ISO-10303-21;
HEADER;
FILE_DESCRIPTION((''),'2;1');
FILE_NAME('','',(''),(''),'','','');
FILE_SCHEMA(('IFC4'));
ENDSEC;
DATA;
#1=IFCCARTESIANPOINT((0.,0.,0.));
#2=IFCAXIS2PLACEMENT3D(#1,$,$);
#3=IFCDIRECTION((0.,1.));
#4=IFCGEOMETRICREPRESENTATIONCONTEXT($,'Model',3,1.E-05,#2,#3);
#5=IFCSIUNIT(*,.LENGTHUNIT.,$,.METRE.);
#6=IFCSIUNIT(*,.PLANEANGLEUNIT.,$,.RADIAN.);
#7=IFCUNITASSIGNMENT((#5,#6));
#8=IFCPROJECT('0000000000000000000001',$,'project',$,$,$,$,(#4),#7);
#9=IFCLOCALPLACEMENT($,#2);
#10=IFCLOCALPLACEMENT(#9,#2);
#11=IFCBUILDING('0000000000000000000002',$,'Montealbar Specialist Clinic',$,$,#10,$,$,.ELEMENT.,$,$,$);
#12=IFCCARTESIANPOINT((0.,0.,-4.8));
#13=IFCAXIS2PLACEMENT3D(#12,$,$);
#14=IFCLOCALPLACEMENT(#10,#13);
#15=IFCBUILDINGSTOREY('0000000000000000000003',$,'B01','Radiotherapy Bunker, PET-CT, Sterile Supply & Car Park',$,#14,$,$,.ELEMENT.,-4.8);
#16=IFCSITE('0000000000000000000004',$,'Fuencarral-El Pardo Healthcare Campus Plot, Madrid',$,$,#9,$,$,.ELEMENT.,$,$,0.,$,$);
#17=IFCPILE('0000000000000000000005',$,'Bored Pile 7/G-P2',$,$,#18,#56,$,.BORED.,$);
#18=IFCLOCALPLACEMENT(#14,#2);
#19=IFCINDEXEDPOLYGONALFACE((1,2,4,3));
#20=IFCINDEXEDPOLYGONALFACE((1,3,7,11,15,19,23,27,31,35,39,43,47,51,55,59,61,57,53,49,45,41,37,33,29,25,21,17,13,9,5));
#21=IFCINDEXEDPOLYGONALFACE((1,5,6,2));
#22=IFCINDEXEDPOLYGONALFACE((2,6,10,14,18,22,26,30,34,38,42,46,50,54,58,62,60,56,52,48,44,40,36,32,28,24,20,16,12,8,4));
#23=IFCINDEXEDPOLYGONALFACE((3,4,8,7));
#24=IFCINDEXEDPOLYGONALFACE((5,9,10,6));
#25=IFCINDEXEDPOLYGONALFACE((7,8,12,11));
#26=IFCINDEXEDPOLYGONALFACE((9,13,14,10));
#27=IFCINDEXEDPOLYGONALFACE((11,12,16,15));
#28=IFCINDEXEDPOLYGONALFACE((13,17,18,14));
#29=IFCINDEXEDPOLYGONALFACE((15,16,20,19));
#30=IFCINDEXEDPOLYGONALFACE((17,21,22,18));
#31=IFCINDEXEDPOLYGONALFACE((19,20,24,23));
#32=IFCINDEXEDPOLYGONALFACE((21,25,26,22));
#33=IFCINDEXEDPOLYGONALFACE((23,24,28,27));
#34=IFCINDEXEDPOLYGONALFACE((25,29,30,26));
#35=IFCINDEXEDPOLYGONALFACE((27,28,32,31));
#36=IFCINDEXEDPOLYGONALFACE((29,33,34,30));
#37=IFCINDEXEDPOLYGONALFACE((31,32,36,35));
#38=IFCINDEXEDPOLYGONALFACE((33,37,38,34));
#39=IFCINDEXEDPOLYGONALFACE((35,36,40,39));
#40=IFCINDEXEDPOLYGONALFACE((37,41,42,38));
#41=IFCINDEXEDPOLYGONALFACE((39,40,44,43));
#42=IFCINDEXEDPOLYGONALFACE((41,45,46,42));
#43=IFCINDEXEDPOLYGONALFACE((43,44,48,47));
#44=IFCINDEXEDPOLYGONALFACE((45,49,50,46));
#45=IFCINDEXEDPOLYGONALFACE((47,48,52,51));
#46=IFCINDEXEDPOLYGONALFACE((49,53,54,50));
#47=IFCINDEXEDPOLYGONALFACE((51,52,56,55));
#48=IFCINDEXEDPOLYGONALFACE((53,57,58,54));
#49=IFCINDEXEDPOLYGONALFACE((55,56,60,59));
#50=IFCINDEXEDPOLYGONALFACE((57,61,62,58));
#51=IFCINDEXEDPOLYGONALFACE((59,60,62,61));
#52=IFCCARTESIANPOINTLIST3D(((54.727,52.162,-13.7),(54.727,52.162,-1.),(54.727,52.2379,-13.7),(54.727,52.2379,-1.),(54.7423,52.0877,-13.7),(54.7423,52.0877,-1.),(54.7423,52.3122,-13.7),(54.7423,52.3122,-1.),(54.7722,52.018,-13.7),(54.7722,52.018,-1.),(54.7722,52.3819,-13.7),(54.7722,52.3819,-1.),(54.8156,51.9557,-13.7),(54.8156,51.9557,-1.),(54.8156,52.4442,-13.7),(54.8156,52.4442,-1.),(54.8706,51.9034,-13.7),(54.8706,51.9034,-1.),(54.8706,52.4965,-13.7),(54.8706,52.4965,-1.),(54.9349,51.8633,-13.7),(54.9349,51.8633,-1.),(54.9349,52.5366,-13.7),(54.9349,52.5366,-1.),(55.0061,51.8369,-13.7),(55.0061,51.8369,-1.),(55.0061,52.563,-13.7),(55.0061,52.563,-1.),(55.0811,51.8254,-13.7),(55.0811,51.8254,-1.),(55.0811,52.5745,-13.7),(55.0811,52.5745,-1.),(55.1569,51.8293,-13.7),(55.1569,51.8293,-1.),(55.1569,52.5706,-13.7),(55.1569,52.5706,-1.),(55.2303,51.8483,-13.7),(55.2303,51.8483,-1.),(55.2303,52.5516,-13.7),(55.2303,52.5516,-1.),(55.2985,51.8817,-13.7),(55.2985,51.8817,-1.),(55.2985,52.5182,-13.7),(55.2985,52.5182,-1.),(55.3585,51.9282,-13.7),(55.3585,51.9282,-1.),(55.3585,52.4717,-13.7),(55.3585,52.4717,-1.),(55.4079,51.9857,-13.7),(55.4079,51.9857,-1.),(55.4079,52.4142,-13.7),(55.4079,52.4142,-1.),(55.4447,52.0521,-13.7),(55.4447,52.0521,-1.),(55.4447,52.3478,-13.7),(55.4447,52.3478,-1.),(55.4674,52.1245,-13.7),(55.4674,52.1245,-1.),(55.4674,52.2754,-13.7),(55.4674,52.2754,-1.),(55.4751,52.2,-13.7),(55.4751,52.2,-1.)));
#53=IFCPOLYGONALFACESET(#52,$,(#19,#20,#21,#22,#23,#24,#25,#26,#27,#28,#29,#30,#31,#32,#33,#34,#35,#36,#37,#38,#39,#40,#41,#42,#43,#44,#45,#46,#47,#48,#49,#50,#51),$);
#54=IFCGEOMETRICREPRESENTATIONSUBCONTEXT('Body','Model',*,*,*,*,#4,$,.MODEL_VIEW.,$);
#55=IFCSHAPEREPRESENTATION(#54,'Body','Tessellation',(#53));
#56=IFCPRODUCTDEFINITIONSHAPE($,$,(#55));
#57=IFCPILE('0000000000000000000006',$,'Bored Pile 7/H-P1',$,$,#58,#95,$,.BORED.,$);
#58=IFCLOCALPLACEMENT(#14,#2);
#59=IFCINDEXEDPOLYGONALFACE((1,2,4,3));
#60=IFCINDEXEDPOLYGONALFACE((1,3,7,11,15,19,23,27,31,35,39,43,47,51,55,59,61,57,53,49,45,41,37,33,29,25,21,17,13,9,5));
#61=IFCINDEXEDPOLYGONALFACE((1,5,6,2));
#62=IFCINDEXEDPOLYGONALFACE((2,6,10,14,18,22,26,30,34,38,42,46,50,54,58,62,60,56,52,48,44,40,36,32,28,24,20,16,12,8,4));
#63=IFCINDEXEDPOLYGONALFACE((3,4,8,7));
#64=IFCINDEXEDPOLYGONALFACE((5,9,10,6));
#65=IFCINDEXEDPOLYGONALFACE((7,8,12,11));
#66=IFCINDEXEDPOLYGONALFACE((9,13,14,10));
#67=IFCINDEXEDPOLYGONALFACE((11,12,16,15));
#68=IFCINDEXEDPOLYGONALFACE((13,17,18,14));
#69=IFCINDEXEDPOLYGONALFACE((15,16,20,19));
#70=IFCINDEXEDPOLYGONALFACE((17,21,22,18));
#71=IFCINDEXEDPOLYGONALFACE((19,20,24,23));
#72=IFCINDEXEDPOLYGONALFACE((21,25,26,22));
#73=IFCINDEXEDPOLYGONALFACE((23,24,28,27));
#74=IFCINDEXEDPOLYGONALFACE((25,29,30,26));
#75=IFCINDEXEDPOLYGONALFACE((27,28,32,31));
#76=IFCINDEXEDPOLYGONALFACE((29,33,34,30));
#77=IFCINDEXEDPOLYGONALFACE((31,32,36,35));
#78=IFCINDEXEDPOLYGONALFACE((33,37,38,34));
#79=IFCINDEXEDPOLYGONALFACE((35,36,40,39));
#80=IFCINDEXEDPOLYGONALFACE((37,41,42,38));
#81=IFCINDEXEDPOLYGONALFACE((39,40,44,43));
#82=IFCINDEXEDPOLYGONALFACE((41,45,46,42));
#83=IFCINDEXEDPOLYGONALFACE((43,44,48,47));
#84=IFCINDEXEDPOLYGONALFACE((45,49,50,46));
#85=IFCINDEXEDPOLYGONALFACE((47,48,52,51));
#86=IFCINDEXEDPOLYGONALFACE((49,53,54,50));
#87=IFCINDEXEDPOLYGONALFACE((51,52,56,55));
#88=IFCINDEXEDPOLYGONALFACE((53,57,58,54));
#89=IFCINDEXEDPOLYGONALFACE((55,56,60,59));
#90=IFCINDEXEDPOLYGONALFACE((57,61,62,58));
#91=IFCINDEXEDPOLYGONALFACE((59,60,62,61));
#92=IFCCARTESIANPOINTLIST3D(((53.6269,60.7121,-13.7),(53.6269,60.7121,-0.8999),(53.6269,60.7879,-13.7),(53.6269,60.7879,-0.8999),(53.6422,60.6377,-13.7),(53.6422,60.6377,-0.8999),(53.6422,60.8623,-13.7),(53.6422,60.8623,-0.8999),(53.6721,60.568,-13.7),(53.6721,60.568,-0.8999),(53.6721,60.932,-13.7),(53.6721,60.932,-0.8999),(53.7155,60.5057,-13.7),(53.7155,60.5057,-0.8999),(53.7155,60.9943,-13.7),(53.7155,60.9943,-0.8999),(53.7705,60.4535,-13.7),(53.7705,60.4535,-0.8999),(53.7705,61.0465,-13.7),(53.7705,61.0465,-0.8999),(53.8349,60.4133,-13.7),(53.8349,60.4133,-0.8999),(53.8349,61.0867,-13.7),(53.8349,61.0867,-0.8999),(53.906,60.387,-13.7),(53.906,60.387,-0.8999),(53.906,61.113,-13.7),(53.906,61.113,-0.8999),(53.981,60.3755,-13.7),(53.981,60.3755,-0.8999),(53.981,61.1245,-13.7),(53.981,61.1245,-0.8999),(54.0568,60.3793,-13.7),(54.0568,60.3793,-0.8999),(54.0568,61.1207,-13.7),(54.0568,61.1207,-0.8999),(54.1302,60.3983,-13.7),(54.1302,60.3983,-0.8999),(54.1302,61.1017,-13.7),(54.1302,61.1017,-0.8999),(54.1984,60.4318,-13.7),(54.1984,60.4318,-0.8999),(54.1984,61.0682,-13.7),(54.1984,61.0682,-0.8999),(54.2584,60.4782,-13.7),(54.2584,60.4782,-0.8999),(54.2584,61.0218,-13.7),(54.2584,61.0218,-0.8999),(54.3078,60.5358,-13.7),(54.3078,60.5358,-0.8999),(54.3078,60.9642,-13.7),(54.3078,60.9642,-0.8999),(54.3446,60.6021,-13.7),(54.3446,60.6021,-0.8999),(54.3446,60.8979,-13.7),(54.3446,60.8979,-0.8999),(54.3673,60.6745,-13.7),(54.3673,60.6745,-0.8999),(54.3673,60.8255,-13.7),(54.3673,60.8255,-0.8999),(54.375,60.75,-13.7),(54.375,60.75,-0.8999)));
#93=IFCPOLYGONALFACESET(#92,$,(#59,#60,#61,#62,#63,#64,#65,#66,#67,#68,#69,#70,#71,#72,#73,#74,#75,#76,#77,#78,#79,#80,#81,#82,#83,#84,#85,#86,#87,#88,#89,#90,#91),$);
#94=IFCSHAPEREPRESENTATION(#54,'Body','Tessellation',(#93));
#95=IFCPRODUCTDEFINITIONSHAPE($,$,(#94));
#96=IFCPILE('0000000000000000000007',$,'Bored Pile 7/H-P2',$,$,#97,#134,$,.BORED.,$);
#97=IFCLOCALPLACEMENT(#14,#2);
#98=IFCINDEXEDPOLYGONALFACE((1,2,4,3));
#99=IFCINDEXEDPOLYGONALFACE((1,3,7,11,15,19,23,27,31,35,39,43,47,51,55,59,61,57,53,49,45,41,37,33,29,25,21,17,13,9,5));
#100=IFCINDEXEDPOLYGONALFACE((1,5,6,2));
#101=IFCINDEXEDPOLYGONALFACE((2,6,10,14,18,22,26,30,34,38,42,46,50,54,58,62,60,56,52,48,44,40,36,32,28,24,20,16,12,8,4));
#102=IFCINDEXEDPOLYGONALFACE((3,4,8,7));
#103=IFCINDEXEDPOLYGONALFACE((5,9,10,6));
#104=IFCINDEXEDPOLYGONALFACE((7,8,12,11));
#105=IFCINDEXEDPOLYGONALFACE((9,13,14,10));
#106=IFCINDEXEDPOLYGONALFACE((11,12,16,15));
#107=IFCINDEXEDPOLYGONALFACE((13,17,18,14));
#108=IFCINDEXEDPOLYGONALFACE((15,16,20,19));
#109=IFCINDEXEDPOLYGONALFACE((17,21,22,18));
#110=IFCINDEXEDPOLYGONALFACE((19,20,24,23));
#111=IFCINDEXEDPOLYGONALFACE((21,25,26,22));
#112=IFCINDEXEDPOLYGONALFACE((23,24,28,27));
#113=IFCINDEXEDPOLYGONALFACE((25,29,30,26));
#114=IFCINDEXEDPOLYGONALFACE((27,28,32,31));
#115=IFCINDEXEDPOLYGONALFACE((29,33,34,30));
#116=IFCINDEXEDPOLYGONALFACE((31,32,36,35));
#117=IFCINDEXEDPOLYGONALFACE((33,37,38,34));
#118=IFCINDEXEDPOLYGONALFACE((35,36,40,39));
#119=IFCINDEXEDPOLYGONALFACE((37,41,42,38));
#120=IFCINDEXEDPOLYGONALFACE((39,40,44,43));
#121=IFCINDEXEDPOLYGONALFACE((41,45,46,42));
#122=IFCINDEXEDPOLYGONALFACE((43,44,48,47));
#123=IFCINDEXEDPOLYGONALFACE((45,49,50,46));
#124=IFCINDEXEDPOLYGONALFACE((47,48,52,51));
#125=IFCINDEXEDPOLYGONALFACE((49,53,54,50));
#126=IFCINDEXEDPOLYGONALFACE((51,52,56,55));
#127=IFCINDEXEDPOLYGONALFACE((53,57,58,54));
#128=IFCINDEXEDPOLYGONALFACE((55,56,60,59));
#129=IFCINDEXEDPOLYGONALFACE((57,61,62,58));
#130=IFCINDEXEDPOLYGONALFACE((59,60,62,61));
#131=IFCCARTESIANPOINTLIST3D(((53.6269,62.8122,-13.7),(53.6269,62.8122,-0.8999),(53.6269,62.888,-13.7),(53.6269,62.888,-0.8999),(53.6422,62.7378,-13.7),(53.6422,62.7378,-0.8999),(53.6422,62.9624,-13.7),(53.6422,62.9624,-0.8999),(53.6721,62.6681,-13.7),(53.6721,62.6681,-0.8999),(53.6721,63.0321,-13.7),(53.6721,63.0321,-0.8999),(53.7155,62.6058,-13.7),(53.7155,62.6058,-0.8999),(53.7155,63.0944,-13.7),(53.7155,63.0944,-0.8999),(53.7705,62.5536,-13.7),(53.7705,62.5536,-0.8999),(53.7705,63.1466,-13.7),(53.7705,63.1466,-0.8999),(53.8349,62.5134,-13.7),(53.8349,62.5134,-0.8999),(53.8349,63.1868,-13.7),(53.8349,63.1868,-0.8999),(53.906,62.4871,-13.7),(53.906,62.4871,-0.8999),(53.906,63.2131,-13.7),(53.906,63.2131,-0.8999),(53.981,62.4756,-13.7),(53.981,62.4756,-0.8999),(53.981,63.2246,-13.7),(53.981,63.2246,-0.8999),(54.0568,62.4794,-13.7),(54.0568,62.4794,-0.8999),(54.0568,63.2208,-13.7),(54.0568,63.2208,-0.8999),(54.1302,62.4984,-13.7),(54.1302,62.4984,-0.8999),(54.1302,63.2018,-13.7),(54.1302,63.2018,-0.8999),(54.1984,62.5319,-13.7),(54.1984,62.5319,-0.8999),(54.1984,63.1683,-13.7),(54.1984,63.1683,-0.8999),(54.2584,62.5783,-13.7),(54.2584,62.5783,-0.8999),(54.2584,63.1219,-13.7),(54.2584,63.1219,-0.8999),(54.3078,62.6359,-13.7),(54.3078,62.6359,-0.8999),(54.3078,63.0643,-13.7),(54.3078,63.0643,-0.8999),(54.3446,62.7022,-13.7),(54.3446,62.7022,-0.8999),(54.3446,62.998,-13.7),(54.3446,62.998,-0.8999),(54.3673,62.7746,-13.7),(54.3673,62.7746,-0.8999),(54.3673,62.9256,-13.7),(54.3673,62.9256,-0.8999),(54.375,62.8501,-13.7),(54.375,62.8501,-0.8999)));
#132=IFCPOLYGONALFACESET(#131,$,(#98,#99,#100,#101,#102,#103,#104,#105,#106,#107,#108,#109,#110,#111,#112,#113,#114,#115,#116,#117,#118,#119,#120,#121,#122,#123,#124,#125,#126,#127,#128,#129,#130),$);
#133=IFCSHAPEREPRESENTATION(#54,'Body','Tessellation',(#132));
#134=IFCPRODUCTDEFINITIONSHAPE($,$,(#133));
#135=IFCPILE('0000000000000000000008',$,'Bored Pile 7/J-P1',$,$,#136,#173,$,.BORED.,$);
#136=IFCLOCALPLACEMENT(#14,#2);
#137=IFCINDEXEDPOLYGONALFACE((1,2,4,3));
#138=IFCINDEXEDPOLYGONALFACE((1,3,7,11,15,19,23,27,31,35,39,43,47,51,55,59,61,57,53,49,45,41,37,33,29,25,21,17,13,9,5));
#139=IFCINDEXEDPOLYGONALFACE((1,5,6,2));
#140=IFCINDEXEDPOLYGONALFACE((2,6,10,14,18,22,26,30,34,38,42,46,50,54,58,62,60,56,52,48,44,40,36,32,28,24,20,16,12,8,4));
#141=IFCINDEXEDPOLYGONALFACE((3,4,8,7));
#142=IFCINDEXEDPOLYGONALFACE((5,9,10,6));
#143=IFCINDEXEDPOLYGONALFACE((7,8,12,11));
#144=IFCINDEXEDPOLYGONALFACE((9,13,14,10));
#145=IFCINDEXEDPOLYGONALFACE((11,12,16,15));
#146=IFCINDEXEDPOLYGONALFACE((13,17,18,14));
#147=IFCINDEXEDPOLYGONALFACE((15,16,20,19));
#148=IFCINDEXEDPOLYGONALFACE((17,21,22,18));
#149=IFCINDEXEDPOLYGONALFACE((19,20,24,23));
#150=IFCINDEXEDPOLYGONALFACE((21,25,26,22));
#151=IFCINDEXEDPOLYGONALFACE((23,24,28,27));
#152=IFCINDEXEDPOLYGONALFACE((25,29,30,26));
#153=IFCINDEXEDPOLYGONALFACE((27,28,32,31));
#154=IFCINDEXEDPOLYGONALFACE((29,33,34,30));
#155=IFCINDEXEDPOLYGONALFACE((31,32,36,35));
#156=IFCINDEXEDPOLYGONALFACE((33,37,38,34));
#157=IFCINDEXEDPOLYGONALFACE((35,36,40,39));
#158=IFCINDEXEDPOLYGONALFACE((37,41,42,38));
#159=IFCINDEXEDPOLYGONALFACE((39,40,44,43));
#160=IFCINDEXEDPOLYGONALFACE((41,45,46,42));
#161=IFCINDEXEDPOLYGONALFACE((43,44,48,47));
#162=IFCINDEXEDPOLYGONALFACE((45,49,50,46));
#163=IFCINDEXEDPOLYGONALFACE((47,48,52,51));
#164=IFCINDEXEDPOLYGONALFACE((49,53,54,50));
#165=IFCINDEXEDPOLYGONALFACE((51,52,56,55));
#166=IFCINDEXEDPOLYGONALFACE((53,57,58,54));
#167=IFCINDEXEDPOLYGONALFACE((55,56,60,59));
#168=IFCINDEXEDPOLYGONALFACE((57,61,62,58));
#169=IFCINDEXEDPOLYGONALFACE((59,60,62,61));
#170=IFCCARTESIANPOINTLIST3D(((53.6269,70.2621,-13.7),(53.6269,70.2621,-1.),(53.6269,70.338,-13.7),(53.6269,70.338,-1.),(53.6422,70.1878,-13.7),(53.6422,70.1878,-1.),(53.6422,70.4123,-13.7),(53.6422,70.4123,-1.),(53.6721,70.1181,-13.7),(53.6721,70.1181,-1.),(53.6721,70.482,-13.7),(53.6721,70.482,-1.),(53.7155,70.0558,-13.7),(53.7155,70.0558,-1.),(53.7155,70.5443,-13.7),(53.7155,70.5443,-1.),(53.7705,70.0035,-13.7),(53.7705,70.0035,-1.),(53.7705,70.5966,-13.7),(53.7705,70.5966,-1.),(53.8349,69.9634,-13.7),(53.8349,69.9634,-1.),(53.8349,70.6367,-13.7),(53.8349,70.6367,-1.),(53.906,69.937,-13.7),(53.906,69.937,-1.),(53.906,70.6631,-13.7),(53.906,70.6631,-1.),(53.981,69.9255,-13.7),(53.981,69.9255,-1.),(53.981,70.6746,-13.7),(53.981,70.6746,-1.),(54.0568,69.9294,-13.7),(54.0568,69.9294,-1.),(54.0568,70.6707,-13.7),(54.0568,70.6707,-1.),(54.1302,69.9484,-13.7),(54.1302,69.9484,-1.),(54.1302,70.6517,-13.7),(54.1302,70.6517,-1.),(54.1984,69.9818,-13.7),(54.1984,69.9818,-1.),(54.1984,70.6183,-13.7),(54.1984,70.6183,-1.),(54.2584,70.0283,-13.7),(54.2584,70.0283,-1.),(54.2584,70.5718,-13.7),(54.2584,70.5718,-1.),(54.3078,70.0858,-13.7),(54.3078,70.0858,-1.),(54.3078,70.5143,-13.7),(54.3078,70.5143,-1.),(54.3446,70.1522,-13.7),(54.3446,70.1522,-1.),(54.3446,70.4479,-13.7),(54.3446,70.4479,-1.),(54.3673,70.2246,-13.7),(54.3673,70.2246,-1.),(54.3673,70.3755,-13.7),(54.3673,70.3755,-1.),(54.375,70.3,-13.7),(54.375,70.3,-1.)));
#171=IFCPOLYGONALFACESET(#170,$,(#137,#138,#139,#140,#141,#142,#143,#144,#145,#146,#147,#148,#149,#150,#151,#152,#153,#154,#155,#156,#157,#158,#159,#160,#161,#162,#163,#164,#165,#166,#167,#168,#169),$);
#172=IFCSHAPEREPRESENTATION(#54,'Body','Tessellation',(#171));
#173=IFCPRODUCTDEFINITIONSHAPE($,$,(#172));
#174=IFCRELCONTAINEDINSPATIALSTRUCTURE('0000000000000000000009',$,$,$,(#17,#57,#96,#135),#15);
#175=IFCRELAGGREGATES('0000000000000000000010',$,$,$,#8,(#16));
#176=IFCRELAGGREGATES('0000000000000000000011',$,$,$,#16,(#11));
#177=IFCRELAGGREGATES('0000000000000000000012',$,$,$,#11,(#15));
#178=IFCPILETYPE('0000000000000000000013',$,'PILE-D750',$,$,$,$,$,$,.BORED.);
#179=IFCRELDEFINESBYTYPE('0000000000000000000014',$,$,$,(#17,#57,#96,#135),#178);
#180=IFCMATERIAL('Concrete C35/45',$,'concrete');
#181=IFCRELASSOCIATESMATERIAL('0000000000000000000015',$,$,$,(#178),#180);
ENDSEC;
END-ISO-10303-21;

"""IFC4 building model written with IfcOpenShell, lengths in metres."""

from ifc_helpers import new_model, si_unit, direction, frame, origin, origin_2d, place, context, subcontext, project, spatial, circle, extrude, material, material_profile, profile_set, type_object, element, save


model = new_model("IFC4")

# Units and contexts
model_context = context("Model", 3, precision=1e-05, world=origin(), true_north=direction((0.0, 1.0)))
body_context = subcontext(model_context, "Body", "Model", "MODEL_VIEW")
ifc_project = project(units=[si_unit("LENGTHUNIT", "METRE"), si_unit("PLANEANGLEUNIT", "RADIAN")], contexts=[model_context])

# Site, building, storey
site_placement = place(None, origin())
site = spatial("IfcSite", under=ifc_project, at=site_placement, Name="Fuencarral-El Pardo Healthcare Campus Plot, Madrid", CompositionType="ELEMENT", RefElevation=0.0)
building_placement = place(site_placement, origin())
building = spatial("IfcBuilding", under=site, at=building_placement, Name="Montealbar Specialist Clinic", CompositionType="ELEMENT")
storey_placement = place(building_placement, frame((0.0, 0.0, -4.8)))
storey = spatial("IfcBuildingStorey", under=building, at=storey_placement, Name="B01", Description="Radiotherapy Bunker, PET-CT, Sterile Supply & Car Park", CompositionType="ELEMENT", Elevation=-4.8)

# Shared definitions
ifc_material_1 = material(Name="Concrete C35/45", Category="concrete")

# Piles
ifc_material_profile_1 = material_profile(ifc_material_1, circle(Radius=0.375, at=origin_2d()), Name="PILE D750", Category="concrete")
ifc_profile_set_1 = profile_set([ifc_material_profile_1], Name="Concrete C35/45")
pile_type_1 = type_object("IfcPileType", Name="PILE-D750", PredefinedType="BORED", material=ifc_profile_set_1)
for number, where, z_axis, x_axis, name in (
    (1, (55.1001, 52.2, -1.0), (0.0, 0.0, -1.0), (1.0, 0.0, 0.0), "Bored Pile 7/G-P2"),
):
    element("IfcPile", number, at=place(storey_placement, frame(where, z_axis=z_axis, x_axis=x_axis)), inside=storey, type_object=pile_type_1, Name=name, PredefinedType="BORED", context=body_context, shape_type="SweptSolid", body=[
        extrude(circle(Radius=0.375, at=origin_2d()), origin(), (0.0, 0.0, 1.0), 12.7),
    ])
for number, where, z_axis, x_axis, name in (
    (2, (54.0, 60.75, -0.8999), (0.0, 0.0, -1.0), (1.0, 0.0, 0.0), "Bored Pile 7/H-P1"),
    (3, (54.0, 62.8501, -0.8999), (0.0, 0.0, -1.0), (1.0, 0.0, 0.0), "Bored Pile 7/H-P2"),
):
    element("IfcPile", number, at=place(storey_placement, frame(where, z_axis=z_axis, x_axis=x_axis)), inside=storey, type_object=pile_type_1, Name=name, PredefinedType="BORED", context=body_context, shape_type="SweptSolid", body=[
        extrude(circle(Radius=0.375, at=origin_2d()), origin(), (0.0, 0.0, 1.0), 12.8),
    ])
pile_1_placement = place(storey_placement, frame((54.0, 70.3, -1.0), z_axis=(0.0, 0.0, -1.0), x_axis=(1.0, 0.0, 0.0)))
element("IfcPile", 4, at=pile_1_placement, inside=storey, type_object=pile_type_1, Name="Bored Pile 7/J-P1", PredefinedType="BORED", context=body_context, shape_type="SweptSolid", body=[
    extrude(circle(Radius=0.375, at=origin_2d()), origin(), (0.0, 0.0, 1.0), 12.7),
])

save(model, "model.ifc")
